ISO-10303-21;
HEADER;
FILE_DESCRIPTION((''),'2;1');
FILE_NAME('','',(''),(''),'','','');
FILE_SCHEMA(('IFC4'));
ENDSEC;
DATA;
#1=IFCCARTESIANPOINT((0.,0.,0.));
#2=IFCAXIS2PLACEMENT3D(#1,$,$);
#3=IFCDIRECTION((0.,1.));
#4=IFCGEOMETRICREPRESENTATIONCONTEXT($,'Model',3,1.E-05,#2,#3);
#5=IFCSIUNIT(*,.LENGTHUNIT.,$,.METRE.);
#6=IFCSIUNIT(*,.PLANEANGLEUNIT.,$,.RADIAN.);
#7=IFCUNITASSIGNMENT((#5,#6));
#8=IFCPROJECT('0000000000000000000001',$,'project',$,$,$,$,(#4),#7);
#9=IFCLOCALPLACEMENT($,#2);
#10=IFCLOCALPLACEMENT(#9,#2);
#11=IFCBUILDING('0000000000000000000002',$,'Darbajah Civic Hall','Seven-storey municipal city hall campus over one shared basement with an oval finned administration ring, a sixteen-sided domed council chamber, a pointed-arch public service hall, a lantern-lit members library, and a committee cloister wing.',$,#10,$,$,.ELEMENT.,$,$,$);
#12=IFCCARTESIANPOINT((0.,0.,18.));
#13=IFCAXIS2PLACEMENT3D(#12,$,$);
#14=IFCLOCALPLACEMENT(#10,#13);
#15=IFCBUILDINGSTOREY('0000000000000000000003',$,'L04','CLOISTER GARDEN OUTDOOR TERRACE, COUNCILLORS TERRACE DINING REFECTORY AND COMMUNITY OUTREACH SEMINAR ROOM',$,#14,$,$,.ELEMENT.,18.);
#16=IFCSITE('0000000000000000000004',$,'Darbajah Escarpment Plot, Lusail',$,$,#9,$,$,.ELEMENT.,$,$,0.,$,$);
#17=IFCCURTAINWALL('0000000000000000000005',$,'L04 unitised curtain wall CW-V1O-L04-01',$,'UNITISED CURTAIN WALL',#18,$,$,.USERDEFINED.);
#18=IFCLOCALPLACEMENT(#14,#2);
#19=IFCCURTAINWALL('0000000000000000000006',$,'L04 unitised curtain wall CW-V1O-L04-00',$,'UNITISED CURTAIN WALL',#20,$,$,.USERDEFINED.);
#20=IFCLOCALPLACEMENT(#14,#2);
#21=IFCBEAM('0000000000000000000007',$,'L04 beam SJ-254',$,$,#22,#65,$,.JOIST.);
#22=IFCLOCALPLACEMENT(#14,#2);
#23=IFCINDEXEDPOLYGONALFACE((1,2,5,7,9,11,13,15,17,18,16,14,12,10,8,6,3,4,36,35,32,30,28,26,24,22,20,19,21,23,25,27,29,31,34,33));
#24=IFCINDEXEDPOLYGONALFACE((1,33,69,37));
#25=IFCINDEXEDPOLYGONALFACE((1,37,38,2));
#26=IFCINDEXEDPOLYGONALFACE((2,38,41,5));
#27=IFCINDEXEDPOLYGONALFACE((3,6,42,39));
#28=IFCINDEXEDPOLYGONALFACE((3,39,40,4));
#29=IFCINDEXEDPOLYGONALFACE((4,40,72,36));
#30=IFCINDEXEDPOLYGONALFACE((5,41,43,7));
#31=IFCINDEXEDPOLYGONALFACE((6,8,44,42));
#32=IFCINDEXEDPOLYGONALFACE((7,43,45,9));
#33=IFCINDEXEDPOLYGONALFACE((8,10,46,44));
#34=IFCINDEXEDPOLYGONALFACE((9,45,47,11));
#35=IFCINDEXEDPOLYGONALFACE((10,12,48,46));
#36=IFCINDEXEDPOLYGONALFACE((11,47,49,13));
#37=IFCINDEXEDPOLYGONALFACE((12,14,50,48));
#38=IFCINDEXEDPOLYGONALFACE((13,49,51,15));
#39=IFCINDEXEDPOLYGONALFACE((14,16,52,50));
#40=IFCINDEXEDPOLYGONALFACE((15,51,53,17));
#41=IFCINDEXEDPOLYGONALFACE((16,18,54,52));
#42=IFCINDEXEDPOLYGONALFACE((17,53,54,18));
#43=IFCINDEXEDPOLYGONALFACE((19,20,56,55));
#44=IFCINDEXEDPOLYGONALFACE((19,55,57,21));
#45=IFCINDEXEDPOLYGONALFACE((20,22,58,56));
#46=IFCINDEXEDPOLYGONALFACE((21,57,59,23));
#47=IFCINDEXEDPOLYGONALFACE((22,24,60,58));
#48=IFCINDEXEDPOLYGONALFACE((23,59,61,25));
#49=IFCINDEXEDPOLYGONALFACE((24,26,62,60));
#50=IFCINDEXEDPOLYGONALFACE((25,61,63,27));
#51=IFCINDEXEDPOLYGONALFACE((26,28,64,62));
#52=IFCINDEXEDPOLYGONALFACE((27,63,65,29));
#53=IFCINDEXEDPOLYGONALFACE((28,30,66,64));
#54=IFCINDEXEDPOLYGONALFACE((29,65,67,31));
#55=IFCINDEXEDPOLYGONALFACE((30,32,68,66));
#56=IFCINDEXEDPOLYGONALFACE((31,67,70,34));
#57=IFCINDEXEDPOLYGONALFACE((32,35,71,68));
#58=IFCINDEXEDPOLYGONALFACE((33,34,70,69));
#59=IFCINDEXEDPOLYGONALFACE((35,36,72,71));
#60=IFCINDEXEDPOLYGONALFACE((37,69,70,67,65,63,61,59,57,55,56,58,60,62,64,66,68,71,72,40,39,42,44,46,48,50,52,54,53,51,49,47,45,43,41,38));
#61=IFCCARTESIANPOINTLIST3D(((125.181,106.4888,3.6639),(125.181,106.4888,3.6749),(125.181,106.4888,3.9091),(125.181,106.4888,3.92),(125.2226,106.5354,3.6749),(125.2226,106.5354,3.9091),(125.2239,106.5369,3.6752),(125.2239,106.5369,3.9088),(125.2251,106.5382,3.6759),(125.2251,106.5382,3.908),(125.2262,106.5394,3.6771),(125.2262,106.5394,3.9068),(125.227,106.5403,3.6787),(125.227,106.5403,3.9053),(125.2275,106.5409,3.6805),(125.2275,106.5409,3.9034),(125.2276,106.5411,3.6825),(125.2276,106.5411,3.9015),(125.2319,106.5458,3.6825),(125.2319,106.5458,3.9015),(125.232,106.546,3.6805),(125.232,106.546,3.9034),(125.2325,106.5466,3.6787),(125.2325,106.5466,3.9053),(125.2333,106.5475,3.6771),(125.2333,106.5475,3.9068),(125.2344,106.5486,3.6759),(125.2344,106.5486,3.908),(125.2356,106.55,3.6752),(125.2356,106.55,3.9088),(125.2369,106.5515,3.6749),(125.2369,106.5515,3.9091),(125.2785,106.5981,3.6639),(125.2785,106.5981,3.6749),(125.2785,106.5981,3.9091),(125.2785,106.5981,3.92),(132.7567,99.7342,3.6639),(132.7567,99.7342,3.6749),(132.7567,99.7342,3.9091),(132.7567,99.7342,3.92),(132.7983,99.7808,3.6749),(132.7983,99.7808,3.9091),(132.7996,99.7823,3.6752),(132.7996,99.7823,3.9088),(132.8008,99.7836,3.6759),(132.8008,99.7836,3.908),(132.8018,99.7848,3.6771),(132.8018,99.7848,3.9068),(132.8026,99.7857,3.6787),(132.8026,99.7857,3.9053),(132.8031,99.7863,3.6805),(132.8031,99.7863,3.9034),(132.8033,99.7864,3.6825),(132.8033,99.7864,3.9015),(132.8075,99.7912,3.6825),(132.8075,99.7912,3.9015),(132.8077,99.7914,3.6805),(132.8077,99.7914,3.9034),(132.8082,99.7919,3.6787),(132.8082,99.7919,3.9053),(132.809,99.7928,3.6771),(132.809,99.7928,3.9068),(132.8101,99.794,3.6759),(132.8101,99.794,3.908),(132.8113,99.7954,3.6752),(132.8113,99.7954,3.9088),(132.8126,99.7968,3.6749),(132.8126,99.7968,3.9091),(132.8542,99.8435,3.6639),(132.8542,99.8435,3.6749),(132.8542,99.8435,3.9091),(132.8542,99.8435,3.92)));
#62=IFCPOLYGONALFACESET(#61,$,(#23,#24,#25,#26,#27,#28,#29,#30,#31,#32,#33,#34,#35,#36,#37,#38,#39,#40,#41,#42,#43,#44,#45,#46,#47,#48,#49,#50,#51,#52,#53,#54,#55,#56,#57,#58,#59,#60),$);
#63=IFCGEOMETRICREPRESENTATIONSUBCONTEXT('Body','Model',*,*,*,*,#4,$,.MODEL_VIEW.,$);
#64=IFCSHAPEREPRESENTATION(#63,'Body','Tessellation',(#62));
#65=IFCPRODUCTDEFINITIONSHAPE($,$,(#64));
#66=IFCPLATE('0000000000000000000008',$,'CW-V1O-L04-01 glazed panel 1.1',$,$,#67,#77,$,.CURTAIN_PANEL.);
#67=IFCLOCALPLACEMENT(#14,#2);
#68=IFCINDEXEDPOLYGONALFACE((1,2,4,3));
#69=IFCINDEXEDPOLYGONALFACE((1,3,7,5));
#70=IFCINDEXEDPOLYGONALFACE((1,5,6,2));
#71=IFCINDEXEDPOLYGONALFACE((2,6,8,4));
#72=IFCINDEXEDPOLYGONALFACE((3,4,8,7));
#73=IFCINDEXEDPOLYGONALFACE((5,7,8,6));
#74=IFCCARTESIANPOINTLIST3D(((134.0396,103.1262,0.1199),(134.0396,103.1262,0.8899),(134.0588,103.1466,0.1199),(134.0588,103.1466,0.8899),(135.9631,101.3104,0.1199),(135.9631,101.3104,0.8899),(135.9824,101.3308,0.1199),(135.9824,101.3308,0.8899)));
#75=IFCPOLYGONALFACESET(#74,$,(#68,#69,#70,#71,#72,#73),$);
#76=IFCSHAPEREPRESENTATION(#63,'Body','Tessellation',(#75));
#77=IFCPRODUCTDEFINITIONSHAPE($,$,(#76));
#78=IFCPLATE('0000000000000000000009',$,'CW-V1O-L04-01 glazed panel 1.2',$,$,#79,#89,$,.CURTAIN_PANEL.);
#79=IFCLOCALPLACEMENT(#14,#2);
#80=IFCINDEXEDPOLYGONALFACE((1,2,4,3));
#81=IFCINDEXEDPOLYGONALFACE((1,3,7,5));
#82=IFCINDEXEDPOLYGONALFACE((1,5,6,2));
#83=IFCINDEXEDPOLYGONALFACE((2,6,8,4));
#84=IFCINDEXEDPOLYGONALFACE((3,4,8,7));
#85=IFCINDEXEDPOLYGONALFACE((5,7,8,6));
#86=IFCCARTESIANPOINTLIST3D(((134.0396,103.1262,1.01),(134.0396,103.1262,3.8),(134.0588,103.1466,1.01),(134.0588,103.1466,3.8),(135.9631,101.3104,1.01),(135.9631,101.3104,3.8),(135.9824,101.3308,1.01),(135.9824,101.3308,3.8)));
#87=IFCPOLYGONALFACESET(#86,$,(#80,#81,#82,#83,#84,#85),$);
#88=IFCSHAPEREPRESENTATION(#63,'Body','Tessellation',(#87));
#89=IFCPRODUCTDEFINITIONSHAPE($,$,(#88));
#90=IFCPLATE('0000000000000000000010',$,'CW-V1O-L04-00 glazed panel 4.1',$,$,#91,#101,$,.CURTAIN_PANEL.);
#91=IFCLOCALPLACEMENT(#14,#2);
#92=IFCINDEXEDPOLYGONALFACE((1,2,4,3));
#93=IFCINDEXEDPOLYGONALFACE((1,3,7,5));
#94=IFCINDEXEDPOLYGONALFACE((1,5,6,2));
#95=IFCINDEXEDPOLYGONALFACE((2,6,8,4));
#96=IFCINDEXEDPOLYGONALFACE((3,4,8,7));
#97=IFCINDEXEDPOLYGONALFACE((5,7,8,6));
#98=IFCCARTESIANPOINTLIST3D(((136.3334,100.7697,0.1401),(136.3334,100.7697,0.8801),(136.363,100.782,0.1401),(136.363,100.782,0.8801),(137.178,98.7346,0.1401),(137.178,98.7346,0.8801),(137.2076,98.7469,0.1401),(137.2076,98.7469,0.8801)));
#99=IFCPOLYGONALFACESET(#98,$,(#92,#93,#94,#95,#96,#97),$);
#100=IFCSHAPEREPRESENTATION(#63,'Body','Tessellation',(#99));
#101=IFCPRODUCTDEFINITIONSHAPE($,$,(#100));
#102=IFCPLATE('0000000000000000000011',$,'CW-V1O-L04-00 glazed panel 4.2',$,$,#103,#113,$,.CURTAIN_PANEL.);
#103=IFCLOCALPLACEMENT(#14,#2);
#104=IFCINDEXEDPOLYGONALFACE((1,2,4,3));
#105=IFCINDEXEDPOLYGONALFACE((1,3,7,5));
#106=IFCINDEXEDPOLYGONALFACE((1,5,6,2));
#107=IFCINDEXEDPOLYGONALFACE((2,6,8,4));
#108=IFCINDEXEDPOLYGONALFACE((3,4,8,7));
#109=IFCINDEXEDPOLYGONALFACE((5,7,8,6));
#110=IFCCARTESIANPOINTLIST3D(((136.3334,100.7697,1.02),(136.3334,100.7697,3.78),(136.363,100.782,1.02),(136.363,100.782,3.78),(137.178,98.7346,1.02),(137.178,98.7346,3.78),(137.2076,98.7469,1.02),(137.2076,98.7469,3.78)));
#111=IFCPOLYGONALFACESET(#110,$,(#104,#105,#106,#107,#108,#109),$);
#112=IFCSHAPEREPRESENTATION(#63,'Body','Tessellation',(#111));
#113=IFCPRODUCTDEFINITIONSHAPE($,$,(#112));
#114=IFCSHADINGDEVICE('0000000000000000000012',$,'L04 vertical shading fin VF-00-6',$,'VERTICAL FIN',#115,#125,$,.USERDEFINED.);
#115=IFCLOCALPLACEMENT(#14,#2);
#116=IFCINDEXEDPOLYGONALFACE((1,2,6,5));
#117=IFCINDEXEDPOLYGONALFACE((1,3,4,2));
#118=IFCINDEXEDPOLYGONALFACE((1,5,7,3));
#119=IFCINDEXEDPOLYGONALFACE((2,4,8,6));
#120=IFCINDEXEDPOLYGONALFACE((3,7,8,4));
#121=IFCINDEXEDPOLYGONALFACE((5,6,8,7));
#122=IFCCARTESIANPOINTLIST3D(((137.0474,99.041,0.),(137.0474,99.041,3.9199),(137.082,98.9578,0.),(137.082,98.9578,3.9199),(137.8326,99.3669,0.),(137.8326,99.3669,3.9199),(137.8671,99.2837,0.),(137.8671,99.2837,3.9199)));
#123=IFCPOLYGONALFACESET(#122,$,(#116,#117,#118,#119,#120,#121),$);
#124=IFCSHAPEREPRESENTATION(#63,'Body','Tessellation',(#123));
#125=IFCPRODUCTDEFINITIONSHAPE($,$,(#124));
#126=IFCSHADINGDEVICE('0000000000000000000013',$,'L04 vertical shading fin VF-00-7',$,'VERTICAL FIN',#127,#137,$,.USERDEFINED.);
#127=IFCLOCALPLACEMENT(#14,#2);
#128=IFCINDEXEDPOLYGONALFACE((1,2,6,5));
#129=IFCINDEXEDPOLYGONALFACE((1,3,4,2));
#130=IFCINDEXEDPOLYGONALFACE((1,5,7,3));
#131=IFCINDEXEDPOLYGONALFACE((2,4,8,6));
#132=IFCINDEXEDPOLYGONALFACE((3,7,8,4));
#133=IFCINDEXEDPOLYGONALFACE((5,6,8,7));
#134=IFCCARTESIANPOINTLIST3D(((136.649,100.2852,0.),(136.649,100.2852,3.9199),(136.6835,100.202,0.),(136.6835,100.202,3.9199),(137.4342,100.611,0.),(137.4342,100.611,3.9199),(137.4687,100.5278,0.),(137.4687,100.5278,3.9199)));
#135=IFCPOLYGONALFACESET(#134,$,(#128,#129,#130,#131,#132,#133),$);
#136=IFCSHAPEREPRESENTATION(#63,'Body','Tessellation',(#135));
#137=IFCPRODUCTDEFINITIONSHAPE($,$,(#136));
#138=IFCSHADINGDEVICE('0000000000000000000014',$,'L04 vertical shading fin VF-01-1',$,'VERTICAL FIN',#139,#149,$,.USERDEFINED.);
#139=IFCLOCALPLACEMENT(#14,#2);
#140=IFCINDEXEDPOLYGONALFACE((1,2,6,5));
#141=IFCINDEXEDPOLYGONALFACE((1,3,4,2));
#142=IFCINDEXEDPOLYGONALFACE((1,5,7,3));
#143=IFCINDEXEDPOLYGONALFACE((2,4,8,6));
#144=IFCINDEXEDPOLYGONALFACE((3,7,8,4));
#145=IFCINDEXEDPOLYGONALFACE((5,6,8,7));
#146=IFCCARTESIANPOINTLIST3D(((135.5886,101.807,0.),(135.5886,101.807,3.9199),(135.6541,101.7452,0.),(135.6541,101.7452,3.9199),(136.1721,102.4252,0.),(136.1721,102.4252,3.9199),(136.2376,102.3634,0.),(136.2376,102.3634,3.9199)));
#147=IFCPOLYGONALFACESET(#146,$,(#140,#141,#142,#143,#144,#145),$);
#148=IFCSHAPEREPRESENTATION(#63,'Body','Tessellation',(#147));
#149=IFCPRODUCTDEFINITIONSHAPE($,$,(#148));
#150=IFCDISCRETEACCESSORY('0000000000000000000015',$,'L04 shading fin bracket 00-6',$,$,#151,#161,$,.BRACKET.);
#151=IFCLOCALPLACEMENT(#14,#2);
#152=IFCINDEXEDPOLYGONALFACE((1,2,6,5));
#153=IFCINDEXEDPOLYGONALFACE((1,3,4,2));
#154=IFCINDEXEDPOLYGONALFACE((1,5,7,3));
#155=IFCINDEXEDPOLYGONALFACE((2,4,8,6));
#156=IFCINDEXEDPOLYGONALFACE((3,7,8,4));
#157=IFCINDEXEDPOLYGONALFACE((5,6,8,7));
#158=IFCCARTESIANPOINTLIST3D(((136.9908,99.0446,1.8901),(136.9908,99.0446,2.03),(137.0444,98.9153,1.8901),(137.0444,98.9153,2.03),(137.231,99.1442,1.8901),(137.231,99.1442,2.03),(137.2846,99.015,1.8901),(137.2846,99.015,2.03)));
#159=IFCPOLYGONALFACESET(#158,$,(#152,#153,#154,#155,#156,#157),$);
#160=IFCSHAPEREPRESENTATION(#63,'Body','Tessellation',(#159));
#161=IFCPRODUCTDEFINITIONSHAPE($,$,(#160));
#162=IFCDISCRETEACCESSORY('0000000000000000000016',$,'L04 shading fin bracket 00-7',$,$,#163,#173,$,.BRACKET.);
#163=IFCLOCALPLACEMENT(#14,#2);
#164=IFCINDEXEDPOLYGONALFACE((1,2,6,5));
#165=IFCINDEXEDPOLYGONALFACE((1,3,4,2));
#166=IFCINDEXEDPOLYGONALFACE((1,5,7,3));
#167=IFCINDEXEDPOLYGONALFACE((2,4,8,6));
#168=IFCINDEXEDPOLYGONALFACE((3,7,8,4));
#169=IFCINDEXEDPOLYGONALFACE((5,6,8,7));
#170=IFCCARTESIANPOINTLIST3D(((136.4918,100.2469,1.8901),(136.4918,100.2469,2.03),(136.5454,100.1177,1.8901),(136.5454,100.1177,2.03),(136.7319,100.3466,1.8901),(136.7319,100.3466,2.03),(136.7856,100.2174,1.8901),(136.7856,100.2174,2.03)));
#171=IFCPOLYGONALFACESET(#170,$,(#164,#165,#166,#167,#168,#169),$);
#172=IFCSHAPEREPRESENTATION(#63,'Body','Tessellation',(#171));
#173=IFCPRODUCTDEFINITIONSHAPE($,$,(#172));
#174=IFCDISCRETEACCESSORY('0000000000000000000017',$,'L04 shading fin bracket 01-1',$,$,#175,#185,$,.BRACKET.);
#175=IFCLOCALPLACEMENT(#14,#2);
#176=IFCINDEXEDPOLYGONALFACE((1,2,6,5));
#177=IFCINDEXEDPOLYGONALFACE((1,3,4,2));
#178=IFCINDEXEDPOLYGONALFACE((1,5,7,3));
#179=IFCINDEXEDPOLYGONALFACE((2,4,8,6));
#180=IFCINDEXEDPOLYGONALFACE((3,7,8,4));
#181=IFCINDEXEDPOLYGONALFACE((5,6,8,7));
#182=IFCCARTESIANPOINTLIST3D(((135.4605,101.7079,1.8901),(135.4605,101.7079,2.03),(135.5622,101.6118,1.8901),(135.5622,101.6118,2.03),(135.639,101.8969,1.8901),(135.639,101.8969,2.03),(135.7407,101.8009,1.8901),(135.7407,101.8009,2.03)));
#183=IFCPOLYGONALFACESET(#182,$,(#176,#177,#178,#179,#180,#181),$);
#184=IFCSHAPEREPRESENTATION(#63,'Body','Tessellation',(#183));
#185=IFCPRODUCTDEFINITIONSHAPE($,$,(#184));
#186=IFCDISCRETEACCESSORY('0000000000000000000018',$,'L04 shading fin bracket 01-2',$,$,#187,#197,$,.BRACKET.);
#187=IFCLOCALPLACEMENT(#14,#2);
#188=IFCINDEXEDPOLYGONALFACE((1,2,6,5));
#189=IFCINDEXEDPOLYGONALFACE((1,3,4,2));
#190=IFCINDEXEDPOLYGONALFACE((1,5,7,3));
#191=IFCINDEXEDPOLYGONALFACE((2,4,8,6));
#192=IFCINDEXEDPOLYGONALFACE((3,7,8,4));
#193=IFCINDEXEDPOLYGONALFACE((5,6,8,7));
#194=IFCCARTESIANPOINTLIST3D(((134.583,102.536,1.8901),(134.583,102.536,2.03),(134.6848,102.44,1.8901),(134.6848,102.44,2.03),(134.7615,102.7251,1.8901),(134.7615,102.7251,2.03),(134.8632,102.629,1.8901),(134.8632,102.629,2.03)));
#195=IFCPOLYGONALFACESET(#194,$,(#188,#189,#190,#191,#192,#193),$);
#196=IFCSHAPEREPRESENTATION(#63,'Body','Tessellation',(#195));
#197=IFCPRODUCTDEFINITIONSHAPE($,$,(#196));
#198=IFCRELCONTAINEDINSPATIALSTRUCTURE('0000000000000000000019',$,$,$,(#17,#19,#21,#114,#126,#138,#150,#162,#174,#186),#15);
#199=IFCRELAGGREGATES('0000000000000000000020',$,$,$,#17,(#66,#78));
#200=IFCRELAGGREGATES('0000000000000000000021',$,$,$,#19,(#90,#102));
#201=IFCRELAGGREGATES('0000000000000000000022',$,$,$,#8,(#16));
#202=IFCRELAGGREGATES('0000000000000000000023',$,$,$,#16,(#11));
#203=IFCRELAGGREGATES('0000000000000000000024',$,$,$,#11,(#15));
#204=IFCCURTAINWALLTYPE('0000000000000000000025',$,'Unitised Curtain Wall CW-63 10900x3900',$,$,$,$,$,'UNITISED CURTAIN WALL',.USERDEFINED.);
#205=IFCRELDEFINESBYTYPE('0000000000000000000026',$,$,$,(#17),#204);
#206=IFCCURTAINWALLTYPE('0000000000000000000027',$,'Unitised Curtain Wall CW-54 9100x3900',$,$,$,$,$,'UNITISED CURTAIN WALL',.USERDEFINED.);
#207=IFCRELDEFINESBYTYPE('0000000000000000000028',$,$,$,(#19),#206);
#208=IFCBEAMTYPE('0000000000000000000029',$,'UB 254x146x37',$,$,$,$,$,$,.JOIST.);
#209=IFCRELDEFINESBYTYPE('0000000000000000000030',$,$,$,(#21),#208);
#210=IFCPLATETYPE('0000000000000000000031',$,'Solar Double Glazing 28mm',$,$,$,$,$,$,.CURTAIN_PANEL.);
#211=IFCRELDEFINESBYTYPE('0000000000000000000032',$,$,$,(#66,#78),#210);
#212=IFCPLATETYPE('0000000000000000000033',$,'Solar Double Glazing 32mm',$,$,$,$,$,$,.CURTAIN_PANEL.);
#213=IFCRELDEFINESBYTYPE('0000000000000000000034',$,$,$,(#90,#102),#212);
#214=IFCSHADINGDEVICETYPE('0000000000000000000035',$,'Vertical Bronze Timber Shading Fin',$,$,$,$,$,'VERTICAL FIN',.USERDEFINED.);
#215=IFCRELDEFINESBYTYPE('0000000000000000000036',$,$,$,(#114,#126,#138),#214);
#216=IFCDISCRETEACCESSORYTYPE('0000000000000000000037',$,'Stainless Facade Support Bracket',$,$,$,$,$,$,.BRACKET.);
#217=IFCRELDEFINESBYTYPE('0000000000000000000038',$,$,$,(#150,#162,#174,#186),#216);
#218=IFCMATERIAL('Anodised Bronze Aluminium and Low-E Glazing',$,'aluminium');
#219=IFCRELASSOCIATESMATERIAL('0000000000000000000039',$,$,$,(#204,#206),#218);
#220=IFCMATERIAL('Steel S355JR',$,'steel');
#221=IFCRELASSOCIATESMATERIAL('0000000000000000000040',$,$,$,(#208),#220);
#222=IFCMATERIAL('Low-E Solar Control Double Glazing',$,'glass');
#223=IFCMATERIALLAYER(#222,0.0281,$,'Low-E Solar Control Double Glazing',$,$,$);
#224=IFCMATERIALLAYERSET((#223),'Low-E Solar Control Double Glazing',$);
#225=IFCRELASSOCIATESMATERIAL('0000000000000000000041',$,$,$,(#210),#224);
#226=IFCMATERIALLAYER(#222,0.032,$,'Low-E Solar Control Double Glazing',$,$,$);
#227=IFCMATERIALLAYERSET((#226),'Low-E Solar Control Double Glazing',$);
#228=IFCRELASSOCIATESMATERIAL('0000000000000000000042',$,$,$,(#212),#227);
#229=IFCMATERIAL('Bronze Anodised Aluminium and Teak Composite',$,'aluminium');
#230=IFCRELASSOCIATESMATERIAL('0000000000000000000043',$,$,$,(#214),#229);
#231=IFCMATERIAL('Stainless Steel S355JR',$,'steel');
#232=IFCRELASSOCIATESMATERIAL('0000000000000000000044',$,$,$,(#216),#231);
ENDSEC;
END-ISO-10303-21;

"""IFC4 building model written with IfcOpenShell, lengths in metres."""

from ifc_helpers import new_model, si_unit, direction, frame, origin, origin_2d, place, context, subcontext, project, spatial, rectangle, i_section, extrude, material, layer, layer_set, material_profile, profile_set, type_object, element, aggregate, save


model = new_model("IFC4")

# Units and contexts
model_context = context("Model", 3, precision=1e-05, world=origin(), true_north=direction((0.0, 1.0)))
body_context = subcontext(model_context, "Body", "Model", "MODEL_VIEW")
ifc_project = project(units=[si_unit("LENGTHUNIT", "METRE"), si_unit("PLANEANGLEUNIT", "RADIAN")], contexts=[model_context])

# Site, building, storey
site_placement = place(None, origin())
site = spatial("IfcSite", under=ifc_project, at=site_placement, Name="Darbajah Escarpment Plot, Lusail", CompositionType="ELEMENT", RefElevation=0.0)
building_placement = place(site_placement, origin())
building = spatial("IfcBuilding", under=site, at=building_placement, Name="Darbajah Civic Hall", Description="Seven-storey municipal city hall campus over one shared basement with an oval finned administration ring, a sixteen-sided domed council chamber, a pointed-arch public service hall, a lantern-lit members library, and a committee cloister wing.", CompositionType="ELEMENT")
storey_placement = place(building_placement, frame((0.0, 0.0, 18.0)))
storey = spatial("IfcBuildingStorey", under=building, at=storey_placement, Name="L04", Description="CLOISTER GARDEN OUTDOOR TERRACE, COUNCILLORS TERRACE DINING REFECTORY AND COMMUNITY OUTREACH SEMINAR ROOM", CompositionType="ELEMENT", Elevation=18.0)

# Curtain walls
ifc_material_1 = material(Name="Anodised Bronze Aluminium and Low-E Glazing", Category="aluminium")
curtain_wall_type_1 = type_object("IfcCurtainWallType", Name="Unitised Curtain Wall CW-63 10900x3900", ElementType="UNITISED CURTAIN WALL", PredefinedType="USERDEFINED", material=ifc_material_1)
curtain_wall_1_placement = place(storey_placement, origin())
curtain_wall_1 = element("IfcCurtainWall", 1, at=curtain_wall_1_placement, inside=storey, type_object=curtain_wall_type_1, Name="L04 unitised curtain wall CW-V1O-L04-01", ObjectType="UNITISED CURTAIN WALL", PredefinedType="USERDEFINED")
curtain_wall_type_2 = type_object("IfcCurtainWallType", Name="Unitised Curtain Wall CW-54 9100x3900", ElementType="UNITISED CURTAIN WALL", PredefinedType="USERDEFINED", material=ifc_material_1)
curtain_wall_2_placement = place(storey_placement, origin())
curtain_wall_2 = element("IfcCurtainWall", 2, at=curtain_wall_2_placement, inside=storey, type_object=curtain_wall_type_2, Name="L04 unitised curtain wall CW-V1O-L04-00", ObjectType="UNITISED CURTAIN WALL", PredefinedType="USERDEFINED")

# Beam
ifc_material_2 = material(Name="Steel S355JR", Category="steel")
ifc_material_profile_1 = material_profile(ifc_material_2, i_section(OverallWidth=0.1465, OverallDepth=0.2561, WebThickness=0.0063, FlangeThickness=0.011, FilletRadius=0.0076, at=origin_2d()), Name="UB 254x146x37")
ifc_profile_set_1 = profile_set([ifc_material_profile_1], Name="Steel S355JR")
beam_type_1 = type_object("IfcBeamType", Name="UB 254x146x37", PredefinedType="JOIST", material=ifc_profile_set_1)
beam_1_placement = place(storey_placement, frame((132.8054, 99.7888, 3.792), z_axis=(-0.746396, 0.665502, 0.0), x_axis=(-0.665502, -0.746396, 0.0)))
element("IfcBeam", 3, at=beam_1_placement, inside=storey, type_object=beam_type_1, Name="L04 beam SJ-254", PredefinedType="JOIST", context=body_context, shape_type="SweptSolid", body=[
    extrude(i_section(OverallWidth=0.1465, OverallDepth=0.2561, WebThickness=0.0063, FlangeThickness=0.011, FilletRadius=0.0076, at=origin_2d()), origin(), (0.0, 0.0, 1.0), 10.1497),
])

# Plates
ifc_material_3 = material(Name="Low-E Solar Control Double Glazing", Category="glass")
ifc_layer_1 = layer(ifc_material_3, 0.0281, Name="Low-E Solar Control Double Glazing")
ifc_layer_set_1 = layer_set([ifc_layer_1], Name="Low-E Solar Control Double Glazing")
plate_type_1 = type_object("IfcPlateType", Name="Solar Double Glazing 28mm", PredefinedType="CURTAIN_PANEL", material=ifc_layer_set_1)
plate_1_placement = place(storey_placement, frame((135.011, 102.2285, 0.1199), z_axis=(0.0, 0.0, 1.0), x_axis=(-0.727174, 0.686453, 0.0)))
plate_1 = element("IfcPlate", 4, at=plate_1_placement, type_object=plate_type_1, Name="CW-V1O-L04-01 glazed panel 1.1", PredefinedType="CURTAIN_PANEL", context=body_context, shape_type="SweptSolid", body=[
    extrude(rectangle(XDim=2.6453, YDim=0.0281, at=origin_2d()), origin(), (0.0, 0.0, 1.0), 0.77),
])
plate_2_placement = place(storey_placement, frame((135.011, 102.2285, 1.01), z_axis=(0.0, 0.0, 1.0), x_axis=(-0.727174, 0.686453, 0.0)))
plate_2 = element("IfcPlate", 5, at=plate_2_placement, type_object=plate_type_1, Name="CW-V1O-L04-01 glazed panel 1.2", PredefinedType="CURTAIN_PANEL", context=body_context, shape_type="SweptSolid", body=[
    extrude(rectangle(XDim=2.6453, YDim=0.0281, at=origin_2d()), origin(), (0.0, 0.0, 1.0), 2.79),
])
aggregate(curtain_wall_1, [plate_1, plate_2])
ifc_layer_2 = layer(ifc_material_3, 0.032, Name="Low-E Solar Control Double Glazing")
ifc_layer_set_2 = layer_set([ifc_layer_2], Name="Low-E Solar Control Double Glazing")
plate_type_2 = type_object("IfcPlateType", Name="Solar Double Glazing 32mm", PredefinedType="CURTAIN_PANEL", material=ifc_layer_set_2)
plate_3_placement = place(storey_placement, frame((136.7705, 99.7583, 0.1401), z_axis=(0.0, 0.0, 1.0), x_axis=(-0.383328, 0.923612, 0.0)))
plate_3 = element("IfcPlate", 6, at=plate_3_placement, type_object=plate_type_2, Name="CW-V1O-L04-00 glazed panel 4.1", PredefinedType="CURTAIN_PANEL", context=body_context, shape_type="SweptSolid", body=[
    extrude(rectangle(XDim=2.2034, YDim=0.032, at=origin_2d()), origin(), (0.0, 0.0, 1.0), 0.74),
])
plate_4_placement = place(storey_placement, frame((136.7705, 99.7583, 1.02), z_axis=(0.0, 0.0, 1.0), x_axis=(-0.383328, 0.923612, 0.0)))
plate_4 = element("IfcPlate", 7, at=plate_4_placement, type_object=plate_type_2, Name="CW-V1O-L04-00 glazed panel 4.2", PredefinedType="CURTAIN_PANEL", context=body_context, shape_type="SweptSolid", body=[
    extrude(rectangle(XDim=2.2034, YDim=0.032, at=origin_2d()), origin(), (0.0, 0.0, 1.0), 2.76),
])
aggregate(curtain_wall_2, [plate_3, plate_4])

# Shading devices
ifc_material_4 = material(Name="Bronze Anodised Aluminium and Teak Composite", Category="aluminium")
shading_device_type = type_object("IfcShadingDeviceType", Name="Vertical Bronze Timber Shading Fin", ElementType="VERTICAL FIN", PredefinedType="USERDEFINED", material=ifc_material_4)
for number, where, z_axis, x_axis, name in (
    (8, (137.4573, 99.1624, 0.0), (0.0, 0.0, 1.0), (0.923612, 0.383328, 0.0), "L04 vertical shading fin VF-00-6"),
    (9, (137.0588, 100.4065, 0.0), (0.0, 0.0, 1.0), (0.923612, 0.383328, 0.0), "L04 vertical shading fin VF-00-7"),
    (10, (135.9131, 102.0852, 0.0), (0.0, 0.0, 1.0), (0.686453, 0.727174, 0.0), "L04 vertical shading fin VF-01-1"),
):
    element("IfcShadingDevice", number, at=place(storey_placement, frame(where, z_axis=z_axis, x_axis=x_axis)), inside=storey, type_object=shading_device_type, Name=name, ObjectType="VERTICAL FIN", PredefinedType="USERDEFINED", context=body_context, shape_type="SweptSolid", body=[
        extrude(rectangle(XDim=0.8501, YDim=0.0901, at=origin_2d()), origin(), (0.0, 0.0, 1.0), 3.9199),
    ])

# Discrete accessories
ifc_material_5 = material(Name="Stainless Steel S355JR", Category="steel")
discrete_accessory_type = type_object("IfcDiscreteAccessoryType", Name="Stainless Facade Support Bracket", PredefinedType="BRACKET", material=ifc_material_5)
for number, where, z_axis, x_axis, name in (
    (11, (137.1377, 99.0298, 1.8901), (0.0, 0.0, 1.0), (0.923612, 0.383328, 0.0), "L04 shading fin bracket 00-6"),
    (12, (136.6387, 100.2322, 1.8901), (0.0, 0.0, 1.0), (0.923612, 0.383328, 0.0), "L04 shading fin bracket 00-7"),
    (13, (135.6006, 101.7544, 1.8901), (0.0, 0.0, 1.0), (0.686453, 0.727174, 0.0), "L04 shading fin bracket 01-1"),
    (14, (134.7231, 102.5825, 1.8901), (0.0, 0.0, 1.0), (0.686453, 0.727174, 0.0), "L04 shading fin bracket 01-2"),
):
    element("IfcDiscreteAccessory", number, at=place(storey_placement, frame(where, z_axis=z_axis, x_axis=x_axis)), inside=storey, type_object=discrete_accessory_type, Name=name, PredefinedType="BRACKET", context=body_context, shape_type="SweptSolid", body=[
        extrude(rectangle(XDim=0.26, YDim=0.1399, at=origin_2d()), origin(), (0.0, 0.0, 1.0), 0.1399),
    ])

save(model, "model.ifc")
